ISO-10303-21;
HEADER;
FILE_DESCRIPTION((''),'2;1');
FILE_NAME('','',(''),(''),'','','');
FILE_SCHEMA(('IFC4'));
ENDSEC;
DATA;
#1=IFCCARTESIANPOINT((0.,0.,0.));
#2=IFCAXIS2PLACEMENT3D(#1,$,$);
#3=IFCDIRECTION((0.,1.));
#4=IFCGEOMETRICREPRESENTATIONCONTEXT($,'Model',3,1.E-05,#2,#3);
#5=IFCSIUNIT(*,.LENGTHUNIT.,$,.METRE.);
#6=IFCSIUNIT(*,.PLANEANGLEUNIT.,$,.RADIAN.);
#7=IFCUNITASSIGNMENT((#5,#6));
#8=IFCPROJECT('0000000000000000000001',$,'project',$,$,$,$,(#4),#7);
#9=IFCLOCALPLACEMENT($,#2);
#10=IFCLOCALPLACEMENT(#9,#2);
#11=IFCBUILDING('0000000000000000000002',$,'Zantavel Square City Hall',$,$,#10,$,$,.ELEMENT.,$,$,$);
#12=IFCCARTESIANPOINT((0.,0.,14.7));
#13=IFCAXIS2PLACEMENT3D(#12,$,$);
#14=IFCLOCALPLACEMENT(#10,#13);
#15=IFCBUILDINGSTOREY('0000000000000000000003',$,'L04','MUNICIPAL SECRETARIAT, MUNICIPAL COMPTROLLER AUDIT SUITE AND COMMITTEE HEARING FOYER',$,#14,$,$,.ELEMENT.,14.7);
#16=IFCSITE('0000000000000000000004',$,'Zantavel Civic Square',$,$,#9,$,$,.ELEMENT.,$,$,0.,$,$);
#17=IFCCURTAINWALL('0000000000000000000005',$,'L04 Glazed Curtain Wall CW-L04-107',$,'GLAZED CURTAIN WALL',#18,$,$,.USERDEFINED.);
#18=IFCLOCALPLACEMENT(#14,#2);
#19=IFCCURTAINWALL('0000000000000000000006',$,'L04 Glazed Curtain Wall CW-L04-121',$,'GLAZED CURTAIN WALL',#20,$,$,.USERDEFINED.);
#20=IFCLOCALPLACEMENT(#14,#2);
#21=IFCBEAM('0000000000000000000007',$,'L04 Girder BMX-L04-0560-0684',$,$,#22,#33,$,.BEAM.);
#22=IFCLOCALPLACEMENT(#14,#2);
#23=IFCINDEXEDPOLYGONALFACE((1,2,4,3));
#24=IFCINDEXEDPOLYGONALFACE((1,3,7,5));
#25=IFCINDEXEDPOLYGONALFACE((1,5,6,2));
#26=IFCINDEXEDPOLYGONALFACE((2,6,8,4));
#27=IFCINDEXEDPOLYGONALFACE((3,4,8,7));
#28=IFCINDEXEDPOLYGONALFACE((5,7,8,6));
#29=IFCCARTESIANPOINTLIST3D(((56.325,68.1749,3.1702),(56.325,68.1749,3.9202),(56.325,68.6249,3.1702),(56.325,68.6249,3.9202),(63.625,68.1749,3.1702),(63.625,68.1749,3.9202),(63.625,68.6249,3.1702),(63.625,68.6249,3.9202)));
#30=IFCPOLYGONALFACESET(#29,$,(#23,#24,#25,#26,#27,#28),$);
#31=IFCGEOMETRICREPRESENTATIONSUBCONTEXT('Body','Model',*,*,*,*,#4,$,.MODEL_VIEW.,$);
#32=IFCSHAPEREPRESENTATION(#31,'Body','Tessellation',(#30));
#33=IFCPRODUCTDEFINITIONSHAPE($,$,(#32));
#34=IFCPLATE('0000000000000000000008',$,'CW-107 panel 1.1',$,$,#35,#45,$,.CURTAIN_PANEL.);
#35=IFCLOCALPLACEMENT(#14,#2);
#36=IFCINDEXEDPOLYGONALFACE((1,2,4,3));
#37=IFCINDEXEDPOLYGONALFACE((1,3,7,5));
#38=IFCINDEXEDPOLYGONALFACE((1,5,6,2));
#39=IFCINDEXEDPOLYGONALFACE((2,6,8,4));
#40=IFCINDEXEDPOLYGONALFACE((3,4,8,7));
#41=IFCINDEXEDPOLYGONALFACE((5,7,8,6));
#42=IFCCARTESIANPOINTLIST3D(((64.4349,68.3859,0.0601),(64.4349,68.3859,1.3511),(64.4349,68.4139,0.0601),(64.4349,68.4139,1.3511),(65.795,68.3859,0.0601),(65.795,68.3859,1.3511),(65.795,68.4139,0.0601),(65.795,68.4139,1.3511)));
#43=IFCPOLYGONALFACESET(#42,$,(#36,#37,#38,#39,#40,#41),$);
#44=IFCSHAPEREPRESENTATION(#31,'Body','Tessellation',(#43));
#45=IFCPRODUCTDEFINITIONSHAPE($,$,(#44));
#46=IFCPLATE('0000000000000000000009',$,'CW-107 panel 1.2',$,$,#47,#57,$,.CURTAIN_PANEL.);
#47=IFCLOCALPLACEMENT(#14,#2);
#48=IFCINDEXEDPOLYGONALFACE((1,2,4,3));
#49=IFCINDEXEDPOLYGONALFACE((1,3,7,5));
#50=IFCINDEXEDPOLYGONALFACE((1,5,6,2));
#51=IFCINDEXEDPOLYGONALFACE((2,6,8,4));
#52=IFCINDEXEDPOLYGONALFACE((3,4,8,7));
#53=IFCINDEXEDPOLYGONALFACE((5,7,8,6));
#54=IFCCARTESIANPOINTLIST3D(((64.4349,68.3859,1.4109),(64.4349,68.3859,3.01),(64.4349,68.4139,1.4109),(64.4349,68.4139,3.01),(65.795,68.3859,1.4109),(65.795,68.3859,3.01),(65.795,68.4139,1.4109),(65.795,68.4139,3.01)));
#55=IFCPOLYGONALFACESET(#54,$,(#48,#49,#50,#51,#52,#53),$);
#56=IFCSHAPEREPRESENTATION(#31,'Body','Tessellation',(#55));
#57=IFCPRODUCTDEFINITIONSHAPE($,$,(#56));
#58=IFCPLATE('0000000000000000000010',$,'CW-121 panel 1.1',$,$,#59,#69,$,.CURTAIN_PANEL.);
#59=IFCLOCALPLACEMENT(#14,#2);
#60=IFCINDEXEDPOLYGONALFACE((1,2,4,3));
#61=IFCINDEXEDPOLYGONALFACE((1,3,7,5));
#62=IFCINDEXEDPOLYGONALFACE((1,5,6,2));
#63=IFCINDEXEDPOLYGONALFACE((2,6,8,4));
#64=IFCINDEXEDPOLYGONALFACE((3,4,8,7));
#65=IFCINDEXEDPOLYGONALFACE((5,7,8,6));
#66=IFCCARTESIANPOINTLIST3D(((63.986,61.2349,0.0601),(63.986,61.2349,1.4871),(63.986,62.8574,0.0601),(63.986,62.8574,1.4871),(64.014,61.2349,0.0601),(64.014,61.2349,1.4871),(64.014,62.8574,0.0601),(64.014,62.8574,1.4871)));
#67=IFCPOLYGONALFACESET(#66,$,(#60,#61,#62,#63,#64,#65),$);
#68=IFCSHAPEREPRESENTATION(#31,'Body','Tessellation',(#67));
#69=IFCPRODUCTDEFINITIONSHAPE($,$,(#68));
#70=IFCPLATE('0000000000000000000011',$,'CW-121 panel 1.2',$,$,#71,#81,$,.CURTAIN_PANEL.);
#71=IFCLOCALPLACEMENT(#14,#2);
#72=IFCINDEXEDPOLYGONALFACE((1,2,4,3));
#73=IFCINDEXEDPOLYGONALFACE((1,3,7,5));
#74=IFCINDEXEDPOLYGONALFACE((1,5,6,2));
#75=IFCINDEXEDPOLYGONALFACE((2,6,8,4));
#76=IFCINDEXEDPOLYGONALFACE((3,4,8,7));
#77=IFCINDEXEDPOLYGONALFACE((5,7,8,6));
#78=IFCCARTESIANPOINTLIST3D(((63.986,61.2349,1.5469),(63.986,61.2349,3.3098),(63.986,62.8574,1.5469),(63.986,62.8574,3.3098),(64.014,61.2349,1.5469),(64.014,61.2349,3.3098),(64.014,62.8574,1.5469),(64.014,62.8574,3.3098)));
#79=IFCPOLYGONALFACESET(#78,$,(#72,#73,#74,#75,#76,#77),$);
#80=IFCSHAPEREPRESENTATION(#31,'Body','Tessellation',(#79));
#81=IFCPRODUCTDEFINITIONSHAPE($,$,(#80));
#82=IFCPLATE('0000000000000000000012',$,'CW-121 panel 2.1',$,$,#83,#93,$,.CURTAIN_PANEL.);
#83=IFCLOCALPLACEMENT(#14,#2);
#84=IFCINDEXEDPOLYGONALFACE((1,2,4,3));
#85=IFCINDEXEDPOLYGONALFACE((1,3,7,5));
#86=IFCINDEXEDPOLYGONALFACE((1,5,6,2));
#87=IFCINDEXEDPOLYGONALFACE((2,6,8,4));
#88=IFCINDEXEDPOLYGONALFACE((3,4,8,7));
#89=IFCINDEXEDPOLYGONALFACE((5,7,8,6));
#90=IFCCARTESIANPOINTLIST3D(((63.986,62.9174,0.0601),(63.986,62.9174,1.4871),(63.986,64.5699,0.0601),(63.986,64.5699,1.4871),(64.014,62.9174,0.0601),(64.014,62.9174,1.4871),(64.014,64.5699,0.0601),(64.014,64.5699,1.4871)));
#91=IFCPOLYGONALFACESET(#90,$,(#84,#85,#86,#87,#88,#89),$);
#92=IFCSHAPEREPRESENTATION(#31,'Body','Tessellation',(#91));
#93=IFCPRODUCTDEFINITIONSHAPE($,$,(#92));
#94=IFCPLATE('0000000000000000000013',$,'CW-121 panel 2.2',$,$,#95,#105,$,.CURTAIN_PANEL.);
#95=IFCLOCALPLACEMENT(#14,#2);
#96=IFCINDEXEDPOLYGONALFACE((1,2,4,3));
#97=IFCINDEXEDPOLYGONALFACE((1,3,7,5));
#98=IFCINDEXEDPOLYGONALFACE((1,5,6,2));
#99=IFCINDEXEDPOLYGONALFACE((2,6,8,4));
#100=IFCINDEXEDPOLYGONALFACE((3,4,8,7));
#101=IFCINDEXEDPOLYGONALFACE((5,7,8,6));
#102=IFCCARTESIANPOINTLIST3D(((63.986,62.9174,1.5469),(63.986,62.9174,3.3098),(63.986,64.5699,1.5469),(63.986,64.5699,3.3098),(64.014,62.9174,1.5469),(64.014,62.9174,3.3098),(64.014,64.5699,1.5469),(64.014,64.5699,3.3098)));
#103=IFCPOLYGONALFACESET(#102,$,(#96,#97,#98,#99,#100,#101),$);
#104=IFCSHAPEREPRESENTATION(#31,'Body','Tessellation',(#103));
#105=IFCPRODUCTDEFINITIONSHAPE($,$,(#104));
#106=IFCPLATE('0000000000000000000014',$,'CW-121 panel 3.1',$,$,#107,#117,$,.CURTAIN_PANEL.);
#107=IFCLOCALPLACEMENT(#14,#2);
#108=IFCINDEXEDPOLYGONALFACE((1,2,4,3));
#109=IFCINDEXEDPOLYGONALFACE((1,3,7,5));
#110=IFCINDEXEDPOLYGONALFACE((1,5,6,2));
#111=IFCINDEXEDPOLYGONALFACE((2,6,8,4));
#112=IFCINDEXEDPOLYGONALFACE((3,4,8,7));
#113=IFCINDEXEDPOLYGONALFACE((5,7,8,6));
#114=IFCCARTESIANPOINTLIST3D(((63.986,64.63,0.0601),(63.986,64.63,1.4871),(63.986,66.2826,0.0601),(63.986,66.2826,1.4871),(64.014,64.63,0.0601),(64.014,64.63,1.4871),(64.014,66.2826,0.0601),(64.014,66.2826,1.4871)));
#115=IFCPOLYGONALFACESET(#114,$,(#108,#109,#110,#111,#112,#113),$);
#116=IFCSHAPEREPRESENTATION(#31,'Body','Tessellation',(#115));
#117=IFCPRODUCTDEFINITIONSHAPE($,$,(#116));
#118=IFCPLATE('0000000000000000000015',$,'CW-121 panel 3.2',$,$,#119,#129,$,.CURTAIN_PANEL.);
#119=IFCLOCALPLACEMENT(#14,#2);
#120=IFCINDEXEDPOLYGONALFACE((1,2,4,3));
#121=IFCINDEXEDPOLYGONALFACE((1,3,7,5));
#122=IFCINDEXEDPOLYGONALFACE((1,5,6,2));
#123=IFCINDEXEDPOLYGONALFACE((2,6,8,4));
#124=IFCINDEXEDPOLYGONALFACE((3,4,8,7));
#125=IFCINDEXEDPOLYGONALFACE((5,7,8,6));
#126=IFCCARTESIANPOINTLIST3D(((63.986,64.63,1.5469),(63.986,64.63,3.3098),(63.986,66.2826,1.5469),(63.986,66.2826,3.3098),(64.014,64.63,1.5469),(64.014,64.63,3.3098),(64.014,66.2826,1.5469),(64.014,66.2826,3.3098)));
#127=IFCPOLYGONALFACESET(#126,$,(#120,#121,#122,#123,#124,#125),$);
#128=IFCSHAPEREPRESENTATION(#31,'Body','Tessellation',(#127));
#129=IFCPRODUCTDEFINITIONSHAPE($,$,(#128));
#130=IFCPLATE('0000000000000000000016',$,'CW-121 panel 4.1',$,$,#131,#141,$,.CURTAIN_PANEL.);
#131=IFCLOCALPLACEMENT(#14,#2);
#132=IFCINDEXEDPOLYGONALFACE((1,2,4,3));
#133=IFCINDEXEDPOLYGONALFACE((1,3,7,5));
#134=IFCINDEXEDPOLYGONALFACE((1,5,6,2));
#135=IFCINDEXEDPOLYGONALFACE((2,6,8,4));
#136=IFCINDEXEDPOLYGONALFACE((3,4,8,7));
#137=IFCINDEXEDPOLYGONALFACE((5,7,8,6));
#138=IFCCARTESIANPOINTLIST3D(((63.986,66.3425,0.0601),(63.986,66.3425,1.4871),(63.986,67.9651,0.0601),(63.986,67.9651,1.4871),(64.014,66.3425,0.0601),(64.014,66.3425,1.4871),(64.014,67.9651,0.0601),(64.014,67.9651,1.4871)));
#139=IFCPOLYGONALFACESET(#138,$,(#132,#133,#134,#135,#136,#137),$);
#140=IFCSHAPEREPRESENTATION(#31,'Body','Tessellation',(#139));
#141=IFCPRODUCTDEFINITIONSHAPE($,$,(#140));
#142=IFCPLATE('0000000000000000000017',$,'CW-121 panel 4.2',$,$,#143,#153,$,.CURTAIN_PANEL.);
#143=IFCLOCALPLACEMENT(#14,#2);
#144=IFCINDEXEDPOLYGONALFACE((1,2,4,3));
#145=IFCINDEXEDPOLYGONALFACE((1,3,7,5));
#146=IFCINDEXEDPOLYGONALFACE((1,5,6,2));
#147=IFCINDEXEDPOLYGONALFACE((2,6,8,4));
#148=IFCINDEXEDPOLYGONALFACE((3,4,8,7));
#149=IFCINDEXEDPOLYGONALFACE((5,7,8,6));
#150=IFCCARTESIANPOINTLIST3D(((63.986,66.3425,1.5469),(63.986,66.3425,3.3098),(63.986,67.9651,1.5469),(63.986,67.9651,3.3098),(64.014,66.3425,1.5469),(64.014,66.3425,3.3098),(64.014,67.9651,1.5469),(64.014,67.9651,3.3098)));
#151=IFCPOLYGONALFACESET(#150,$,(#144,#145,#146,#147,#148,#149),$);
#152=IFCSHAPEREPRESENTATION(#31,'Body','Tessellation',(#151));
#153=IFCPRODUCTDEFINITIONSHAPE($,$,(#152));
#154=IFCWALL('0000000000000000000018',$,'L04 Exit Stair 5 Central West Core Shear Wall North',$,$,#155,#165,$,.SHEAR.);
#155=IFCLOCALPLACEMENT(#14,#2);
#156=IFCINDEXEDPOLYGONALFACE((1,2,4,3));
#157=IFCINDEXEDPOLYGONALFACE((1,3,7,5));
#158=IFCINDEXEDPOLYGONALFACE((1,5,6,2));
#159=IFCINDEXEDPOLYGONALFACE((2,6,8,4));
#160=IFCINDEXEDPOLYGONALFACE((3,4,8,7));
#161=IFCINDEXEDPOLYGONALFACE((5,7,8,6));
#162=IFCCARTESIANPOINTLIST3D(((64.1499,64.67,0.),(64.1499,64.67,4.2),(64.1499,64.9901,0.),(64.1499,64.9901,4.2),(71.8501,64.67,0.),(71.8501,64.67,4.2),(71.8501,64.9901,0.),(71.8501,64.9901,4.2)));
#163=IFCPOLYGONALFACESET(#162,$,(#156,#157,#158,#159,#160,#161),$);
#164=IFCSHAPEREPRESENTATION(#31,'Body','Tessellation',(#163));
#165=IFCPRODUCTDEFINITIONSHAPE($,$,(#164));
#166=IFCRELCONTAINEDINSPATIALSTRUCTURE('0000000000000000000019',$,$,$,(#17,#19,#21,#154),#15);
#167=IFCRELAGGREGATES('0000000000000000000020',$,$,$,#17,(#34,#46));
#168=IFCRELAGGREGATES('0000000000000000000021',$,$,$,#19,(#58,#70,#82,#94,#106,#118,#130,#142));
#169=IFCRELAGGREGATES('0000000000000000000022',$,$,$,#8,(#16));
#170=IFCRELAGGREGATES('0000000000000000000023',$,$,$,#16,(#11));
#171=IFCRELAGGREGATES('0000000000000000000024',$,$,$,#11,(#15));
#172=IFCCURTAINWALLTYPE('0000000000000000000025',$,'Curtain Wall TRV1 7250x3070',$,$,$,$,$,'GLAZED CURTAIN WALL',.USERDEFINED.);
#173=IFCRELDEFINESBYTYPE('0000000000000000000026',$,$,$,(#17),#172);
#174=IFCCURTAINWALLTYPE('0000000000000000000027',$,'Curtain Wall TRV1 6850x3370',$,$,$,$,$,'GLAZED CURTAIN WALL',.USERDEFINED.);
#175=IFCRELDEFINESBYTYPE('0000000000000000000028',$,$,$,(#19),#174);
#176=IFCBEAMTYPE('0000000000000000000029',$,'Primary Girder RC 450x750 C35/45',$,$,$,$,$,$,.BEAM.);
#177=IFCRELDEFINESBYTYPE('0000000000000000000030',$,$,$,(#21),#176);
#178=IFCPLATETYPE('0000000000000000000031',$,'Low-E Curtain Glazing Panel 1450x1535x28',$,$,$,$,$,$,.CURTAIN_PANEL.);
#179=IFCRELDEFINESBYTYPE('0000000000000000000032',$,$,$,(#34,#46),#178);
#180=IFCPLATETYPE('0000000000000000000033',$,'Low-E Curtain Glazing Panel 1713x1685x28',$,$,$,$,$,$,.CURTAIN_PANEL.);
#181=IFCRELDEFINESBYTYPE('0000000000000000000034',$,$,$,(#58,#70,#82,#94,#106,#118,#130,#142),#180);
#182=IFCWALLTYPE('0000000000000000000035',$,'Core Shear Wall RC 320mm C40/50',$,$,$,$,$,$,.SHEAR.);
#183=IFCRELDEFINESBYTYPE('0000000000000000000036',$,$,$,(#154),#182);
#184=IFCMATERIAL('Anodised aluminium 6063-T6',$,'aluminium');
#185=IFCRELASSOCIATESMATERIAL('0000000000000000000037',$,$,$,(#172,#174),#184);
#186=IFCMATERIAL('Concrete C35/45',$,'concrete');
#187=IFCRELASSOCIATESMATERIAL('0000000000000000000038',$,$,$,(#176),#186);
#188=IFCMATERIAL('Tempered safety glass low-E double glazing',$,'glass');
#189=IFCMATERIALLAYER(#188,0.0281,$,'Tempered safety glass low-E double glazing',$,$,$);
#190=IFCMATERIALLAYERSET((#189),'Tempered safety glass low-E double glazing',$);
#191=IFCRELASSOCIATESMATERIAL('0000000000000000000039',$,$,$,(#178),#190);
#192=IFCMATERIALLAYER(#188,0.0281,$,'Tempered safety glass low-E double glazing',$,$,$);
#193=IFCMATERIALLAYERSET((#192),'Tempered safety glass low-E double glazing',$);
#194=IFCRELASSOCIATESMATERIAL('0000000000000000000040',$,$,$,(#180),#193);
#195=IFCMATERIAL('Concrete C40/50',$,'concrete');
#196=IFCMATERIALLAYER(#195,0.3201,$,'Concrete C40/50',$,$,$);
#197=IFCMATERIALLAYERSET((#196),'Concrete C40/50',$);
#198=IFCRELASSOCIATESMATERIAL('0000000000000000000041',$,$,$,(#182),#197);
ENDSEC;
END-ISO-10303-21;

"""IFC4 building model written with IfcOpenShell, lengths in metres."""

from ifc_helpers import new_model, si_unit, direction, frame, frame_2d, origin, origin_2d, place, context, subcontext, project, spatial, rectangle, extrude, material, layer, layer_set, material_profile, profile_set, type_object, element, aggregate, save


model = new_model("IFC4")

# Units and contexts
model_context = context("Model", 3, precision=1e-05, world=origin(), true_north=direction((0.0, 1.0)))
body_context = subcontext(model_context, "Body", "Model", "MODEL_VIEW")
ifc_project = project(units=[si_unit("LENGTHUNIT", "METRE"), si_unit("PLANEANGLEUNIT", "RADIAN")], contexts=[model_context])

# Site, building, storey
site_placement = place(None, origin())
site = spatial("IfcSite", under=ifc_project, at=site_placement, Name="Zantavel Civic Square", CompositionType="ELEMENT", RefElevation=0.0)
building_placement = place(site_placement, origin())
building = spatial("IfcBuilding", under=site, at=building_placement, Name="Zantavel Square City Hall", CompositionType="ELEMENT")
storey_placement = place(building_placement, frame((0.0, 0.0, 14.7)))
storey = spatial("IfcBuildingStorey", under=building, at=storey_placement, Name="L04", Description="MUNICIPAL SECRETARIAT, MUNICIPAL COMPTROLLER AUDIT SUITE AND COMMITTEE HEARING FOYER", CompositionType="ELEMENT", Elevation=14.7)

# Shared definitions
ifc_material_1 = material(Name="Concrete C40/50", Category="concrete")

# Curtain walls
ifc_material_2 = material(Name="Anodised aluminium 6063-T6", Category="aluminium")
curtain_wall_type_1 = type_object("IfcCurtainWallType", Name="Curtain Wall TRV1 7250x3070", ElementType="GLAZED CURTAIN WALL", PredefinedType="USERDEFINED", material=ifc_material_2)
curtain_wall_1_placement = place(storey_placement, origin())
curtain_wall_1 = element("IfcCurtainWall", 1, at=curtain_wall_1_placement, inside=storey, type_object=curtain_wall_type_1, Name="L04 Glazed Curtain Wall CW-L04-107", ObjectType="GLAZED CURTAIN WALL", PredefinedType="USERDEFINED")
curtain_wall_type_2 = type_object("IfcCurtainWallType", Name="Curtain Wall TRV1 6850x3370", ElementType="GLAZED CURTAIN WALL", PredefinedType="USERDEFINED", material=ifc_material_2)
curtain_wall_2_placement = place(storey_placement, origin())
curtain_wall_2 = element("IfcCurtainWall", 2, at=curtain_wall_2_placement, inside=storey, type_object=curtain_wall_type_2, Name="L04 Glazed Curtain Wall CW-L04-121", ObjectType="GLAZED CURTAIN WALL", PredefinedType="USERDEFINED")

# Beam
ifc_material_3 = material(Name="Concrete C35/45", Category="concrete")
ifc_material_profile_1 = material_profile(ifc_material_3, rectangle(XDim=0.45, YDim=0.75, at=origin_2d()), Name="RC 450x750")
ifc_profile_set_1 = profile_set([ifc_material_profile_1], Name="Concrete C35/45")
beam_type_1 = type_object("IfcBeamType", Name="Primary Girder RC 450x750 C35/45", PredefinedType="BEAM", material=ifc_profile_set_1)
beam_1_placement = place(storey_placement, frame((56.325, 68.3999, 3.5452), z_axis=(1.0, 0.0, 0.0), x_axis=(0.0, 1.0, 0.0)))
element("IfcBeam", 3, at=beam_1_placement, inside=storey, type_object=beam_type_1, Name="L04 Girder BMX-L04-0560-0684", PredefinedType="BEAM", context=body_context, shape_type="SweptSolid", body=[
    extrude(rectangle(XDim=0.45, YDim=0.75, at=origin_2d()), origin(), (0.0, 0.0, 1.0), 7.3),
])

# Plates
ifc_material_4 = material(Name="Tempered safety glass low-E double glazing", Category="glass")
ifc_layer_1 = layer(ifc_material_4, 0.0281, Name="Tempered safety glass low-E double glazing")
ifc_layer_set_1 = layer_set([ifc_layer_1], Name="Tempered safety glass low-E double glazing")
plate_type_1 = type_object("IfcPlateType", Name="Low-E Curtain Glazing Panel 1450x1535x28", PredefinedType="CURTAIN_PANEL", material=ifc_layer_set_1)
plate_1_placement = place(storey_placement, frame((65.115, 68.3999, 0.0601), z_axis=(0.0, 0.0, 1.0), x_axis=(1.0, 0.0, 0.0)))
plate_1 = element("IfcPlate", 4, at=plate_1_placement, type_object=plate_type_1, Name="CW-107 panel 1.1", PredefinedType="CURTAIN_PANEL", context=body_context, shape_type="SweptSolid", body=[
    extrude(rectangle(XDim=1.3601, YDim=0.0281, at=origin_2d()), origin(), (0.0, 0.0, 1.0), 1.291),
])
plate_2_placement = place(storey_placement, frame((65.115, 68.3999, 1.4109), z_axis=(0.0, 0.0, 1.0), x_axis=(1.0, 0.0, 0.0)))
plate_2 = element("IfcPlate", 5, at=plate_2_placement, type_object=plate_type_1, Name="CW-107 panel 1.2", PredefinedType="CURTAIN_PANEL", context=body_context, shape_type="SweptSolid", body=[
    extrude(rectangle(XDim=1.3601, YDim=0.0281, at=origin_2d()), origin(), (0.0, 0.0, 1.0), 1.5991),
])
aggregate(curtain_wall_1, [plate_1, plate_2])
ifc_layer_2 = layer(ifc_material_4, 0.0281, Name="Tempered safety glass low-E double glazing")
ifc_layer_set_2 = layer_set([ifc_layer_2], Name="Tempered safety glass low-E double glazing")
plate_type_2 = type_object("IfcPlateType", Name="Low-E Curtain Glazing Panel 1713x1685x28", PredefinedType="CURTAIN_PANEL", material=ifc_layer_set_2)
plate_3_placement = place(storey_placement, frame((64.0, 62.0461, 0.0601), z_axis=(0.0, 0.0, 1.0), x_axis=(0.0, 1.0, 0.0)))
plate_3 = element("IfcPlate", 6, at=plate_3_placement, type_object=plate_type_2, Name="CW-121 panel 1.1", PredefinedType="CURTAIN_PANEL", context=body_context, shape_type="SweptSolid", body=[
    extrude(rectangle(XDim=1.6226, YDim=0.0281, at=origin_2d()), origin(), (0.0, 0.0, 1.0), 1.427),
])
plate_4_placement = place(storey_placement, frame((64.0, 62.0461, 1.5469), z_axis=(0.0, 0.0, 1.0), x_axis=(0.0, 1.0, 0.0)))
plate_4 = element("IfcPlate", 7, at=plate_4_placement, type_object=plate_type_2, Name="CW-121 panel 1.2", PredefinedType="CURTAIN_PANEL", context=body_context, shape_type="SweptSolid", body=[
    extrude(rectangle(XDim=1.6226, YDim=0.0281, at=origin_2d()), origin(), (0.0, 0.0, 1.0), 1.7629),
])
plate_5_placement = place(storey_placement, frame((64.0, 63.7437, 0.0601), z_axis=(0.0, 0.0, 1.0), x_axis=(0.0, 1.0, 0.0)))
plate_5 = element("IfcPlate", 8, at=plate_5_placement, type_object=plate_type_2, Name="CW-121 panel 2.1", PredefinedType="CURTAIN_PANEL", context=body_context, shape_type="SweptSolid", body=[
    extrude(rectangle(XDim=1.6526, YDim=0.0281, at=origin_2d()), origin(), (0.0, 0.0, 1.0), 1.427),
])
plate_6_placement = place(storey_placement, frame((64.0, 63.7437, 1.5469), z_axis=(0.0, 0.0, 1.0), x_axis=(0.0, 1.0, 0.0)))
plate_6 = element("IfcPlate", 9, at=plate_6_placement, type_object=plate_type_2, Name="CW-121 panel 2.2", PredefinedType="CURTAIN_PANEL", context=body_context, shape_type="SweptSolid", body=[
    extrude(rectangle(XDim=1.6526, YDim=0.0281, at=origin_2d()), origin(), (0.0, 0.0, 1.0), 1.7629),
])
plate_7_placement = place(storey_placement, frame((64.0, 65.4563, 0.0601), z_axis=(0.0, 0.0, 1.0), x_axis=(0.0, 1.0, 0.0)))
plate_7 = element("IfcPlate", 10, at=plate_7_placement, type_object=plate_type_2, Name="CW-121 panel 3.1", PredefinedType="CURTAIN_PANEL", context=body_context, shape_type="SweptSolid", body=[
    extrude(rectangle(XDim=1.6526, YDim=0.0281, at=origin_2d()), origin(), (0.0, 0.0, 1.0), 1.427),
])
plate_8_placement = place(storey_placement, frame((64.0, 65.4563, 1.5469), z_axis=(0.0, 0.0, 1.0), x_axis=(0.0, 1.0, 0.0)))
plate_8 = element("IfcPlate", 11, at=plate_8_placement, type_object=plate_type_2, Name="CW-121 panel 3.2", PredefinedType="CURTAIN_PANEL", context=body_context, shape_type="SweptSolid", body=[
    extrude(rectangle(XDim=1.6526, YDim=0.0281, at=origin_2d()), origin(), (0.0, 0.0, 1.0), 1.7629),
])
plate_9_placement = place(storey_placement, frame((64.0, 67.1538, 0.0601), z_axis=(0.0, 0.0, 1.0), x_axis=(0.0, 1.0, 0.0)))
plate_9 = element("IfcPlate", 12, at=plate_9_placement, type_object=plate_type_2, Name="CW-121 panel 4.1", PredefinedType="CURTAIN_PANEL", context=body_context, shape_type="SweptSolid", body=[
    extrude(rectangle(XDim=1.6226, YDim=0.0281, at=origin_2d()), origin(), (0.0, 0.0, 1.0), 1.427),
])
plate_10_placement = place(storey_placement, frame((64.0, 67.1538, 1.5469), z_axis=(0.0, 0.0, 1.0), x_axis=(0.0, 1.0, 0.0)))
plate_10 = element("IfcPlate", 13, at=plate_10_placement, type_object=plate_type_2, Name="CW-121 panel 4.2", PredefinedType="CURTAIN_PANEL", context=body_context, shape_type="SweptSolid", body=[
    extrude(rectangle(XDim=1.6226, YDim=0.0281, at=origin_2d()), origin(), (0.0, 0.0, 1.0), 1.7629),
])
aggregate(curtain_wall_2, [plate_3, plate_4, plate_5, plate_6, plate_7, plate_8, plate_9, plate_10])

# Wall
ifc_layer_3 = layer(ifc_material_1, 0.3201, Name="Concrete C40/50")
ifc_layer_set_3 = layer_set([ifc_layer_3], Name="Concrete C40/50")
wall_type = type_object("IfcWallType", Name="Core Shear Wall RC 320mm C40/50", PredefinedType="SHEAR", material=ifc_layer_set_3)
wall_placement = place(storey_placement, frame((64.1499, 64.8301, 0.0), z_axis=(0.0, 0.0, 1.0), x_axis=(1.0, 0.0, 0.0)))
element("IfcWall", 14, at=wall_placement, inside=storey, type_object=wall_type, Name="L04 Exit Stair 5 Central West Core Shear Wall North", PredefinedType="SHEAR", context=body_context, shape_type="SweptSolid", body=[
    extrude(rectangle(XDim=7.7002, YDim=0.3201, at=frame_2d((3.8501, 0.0))), origin(), (0.0, 0.0, 1.0), 4.2),
])

save(model, "model.ifc")
